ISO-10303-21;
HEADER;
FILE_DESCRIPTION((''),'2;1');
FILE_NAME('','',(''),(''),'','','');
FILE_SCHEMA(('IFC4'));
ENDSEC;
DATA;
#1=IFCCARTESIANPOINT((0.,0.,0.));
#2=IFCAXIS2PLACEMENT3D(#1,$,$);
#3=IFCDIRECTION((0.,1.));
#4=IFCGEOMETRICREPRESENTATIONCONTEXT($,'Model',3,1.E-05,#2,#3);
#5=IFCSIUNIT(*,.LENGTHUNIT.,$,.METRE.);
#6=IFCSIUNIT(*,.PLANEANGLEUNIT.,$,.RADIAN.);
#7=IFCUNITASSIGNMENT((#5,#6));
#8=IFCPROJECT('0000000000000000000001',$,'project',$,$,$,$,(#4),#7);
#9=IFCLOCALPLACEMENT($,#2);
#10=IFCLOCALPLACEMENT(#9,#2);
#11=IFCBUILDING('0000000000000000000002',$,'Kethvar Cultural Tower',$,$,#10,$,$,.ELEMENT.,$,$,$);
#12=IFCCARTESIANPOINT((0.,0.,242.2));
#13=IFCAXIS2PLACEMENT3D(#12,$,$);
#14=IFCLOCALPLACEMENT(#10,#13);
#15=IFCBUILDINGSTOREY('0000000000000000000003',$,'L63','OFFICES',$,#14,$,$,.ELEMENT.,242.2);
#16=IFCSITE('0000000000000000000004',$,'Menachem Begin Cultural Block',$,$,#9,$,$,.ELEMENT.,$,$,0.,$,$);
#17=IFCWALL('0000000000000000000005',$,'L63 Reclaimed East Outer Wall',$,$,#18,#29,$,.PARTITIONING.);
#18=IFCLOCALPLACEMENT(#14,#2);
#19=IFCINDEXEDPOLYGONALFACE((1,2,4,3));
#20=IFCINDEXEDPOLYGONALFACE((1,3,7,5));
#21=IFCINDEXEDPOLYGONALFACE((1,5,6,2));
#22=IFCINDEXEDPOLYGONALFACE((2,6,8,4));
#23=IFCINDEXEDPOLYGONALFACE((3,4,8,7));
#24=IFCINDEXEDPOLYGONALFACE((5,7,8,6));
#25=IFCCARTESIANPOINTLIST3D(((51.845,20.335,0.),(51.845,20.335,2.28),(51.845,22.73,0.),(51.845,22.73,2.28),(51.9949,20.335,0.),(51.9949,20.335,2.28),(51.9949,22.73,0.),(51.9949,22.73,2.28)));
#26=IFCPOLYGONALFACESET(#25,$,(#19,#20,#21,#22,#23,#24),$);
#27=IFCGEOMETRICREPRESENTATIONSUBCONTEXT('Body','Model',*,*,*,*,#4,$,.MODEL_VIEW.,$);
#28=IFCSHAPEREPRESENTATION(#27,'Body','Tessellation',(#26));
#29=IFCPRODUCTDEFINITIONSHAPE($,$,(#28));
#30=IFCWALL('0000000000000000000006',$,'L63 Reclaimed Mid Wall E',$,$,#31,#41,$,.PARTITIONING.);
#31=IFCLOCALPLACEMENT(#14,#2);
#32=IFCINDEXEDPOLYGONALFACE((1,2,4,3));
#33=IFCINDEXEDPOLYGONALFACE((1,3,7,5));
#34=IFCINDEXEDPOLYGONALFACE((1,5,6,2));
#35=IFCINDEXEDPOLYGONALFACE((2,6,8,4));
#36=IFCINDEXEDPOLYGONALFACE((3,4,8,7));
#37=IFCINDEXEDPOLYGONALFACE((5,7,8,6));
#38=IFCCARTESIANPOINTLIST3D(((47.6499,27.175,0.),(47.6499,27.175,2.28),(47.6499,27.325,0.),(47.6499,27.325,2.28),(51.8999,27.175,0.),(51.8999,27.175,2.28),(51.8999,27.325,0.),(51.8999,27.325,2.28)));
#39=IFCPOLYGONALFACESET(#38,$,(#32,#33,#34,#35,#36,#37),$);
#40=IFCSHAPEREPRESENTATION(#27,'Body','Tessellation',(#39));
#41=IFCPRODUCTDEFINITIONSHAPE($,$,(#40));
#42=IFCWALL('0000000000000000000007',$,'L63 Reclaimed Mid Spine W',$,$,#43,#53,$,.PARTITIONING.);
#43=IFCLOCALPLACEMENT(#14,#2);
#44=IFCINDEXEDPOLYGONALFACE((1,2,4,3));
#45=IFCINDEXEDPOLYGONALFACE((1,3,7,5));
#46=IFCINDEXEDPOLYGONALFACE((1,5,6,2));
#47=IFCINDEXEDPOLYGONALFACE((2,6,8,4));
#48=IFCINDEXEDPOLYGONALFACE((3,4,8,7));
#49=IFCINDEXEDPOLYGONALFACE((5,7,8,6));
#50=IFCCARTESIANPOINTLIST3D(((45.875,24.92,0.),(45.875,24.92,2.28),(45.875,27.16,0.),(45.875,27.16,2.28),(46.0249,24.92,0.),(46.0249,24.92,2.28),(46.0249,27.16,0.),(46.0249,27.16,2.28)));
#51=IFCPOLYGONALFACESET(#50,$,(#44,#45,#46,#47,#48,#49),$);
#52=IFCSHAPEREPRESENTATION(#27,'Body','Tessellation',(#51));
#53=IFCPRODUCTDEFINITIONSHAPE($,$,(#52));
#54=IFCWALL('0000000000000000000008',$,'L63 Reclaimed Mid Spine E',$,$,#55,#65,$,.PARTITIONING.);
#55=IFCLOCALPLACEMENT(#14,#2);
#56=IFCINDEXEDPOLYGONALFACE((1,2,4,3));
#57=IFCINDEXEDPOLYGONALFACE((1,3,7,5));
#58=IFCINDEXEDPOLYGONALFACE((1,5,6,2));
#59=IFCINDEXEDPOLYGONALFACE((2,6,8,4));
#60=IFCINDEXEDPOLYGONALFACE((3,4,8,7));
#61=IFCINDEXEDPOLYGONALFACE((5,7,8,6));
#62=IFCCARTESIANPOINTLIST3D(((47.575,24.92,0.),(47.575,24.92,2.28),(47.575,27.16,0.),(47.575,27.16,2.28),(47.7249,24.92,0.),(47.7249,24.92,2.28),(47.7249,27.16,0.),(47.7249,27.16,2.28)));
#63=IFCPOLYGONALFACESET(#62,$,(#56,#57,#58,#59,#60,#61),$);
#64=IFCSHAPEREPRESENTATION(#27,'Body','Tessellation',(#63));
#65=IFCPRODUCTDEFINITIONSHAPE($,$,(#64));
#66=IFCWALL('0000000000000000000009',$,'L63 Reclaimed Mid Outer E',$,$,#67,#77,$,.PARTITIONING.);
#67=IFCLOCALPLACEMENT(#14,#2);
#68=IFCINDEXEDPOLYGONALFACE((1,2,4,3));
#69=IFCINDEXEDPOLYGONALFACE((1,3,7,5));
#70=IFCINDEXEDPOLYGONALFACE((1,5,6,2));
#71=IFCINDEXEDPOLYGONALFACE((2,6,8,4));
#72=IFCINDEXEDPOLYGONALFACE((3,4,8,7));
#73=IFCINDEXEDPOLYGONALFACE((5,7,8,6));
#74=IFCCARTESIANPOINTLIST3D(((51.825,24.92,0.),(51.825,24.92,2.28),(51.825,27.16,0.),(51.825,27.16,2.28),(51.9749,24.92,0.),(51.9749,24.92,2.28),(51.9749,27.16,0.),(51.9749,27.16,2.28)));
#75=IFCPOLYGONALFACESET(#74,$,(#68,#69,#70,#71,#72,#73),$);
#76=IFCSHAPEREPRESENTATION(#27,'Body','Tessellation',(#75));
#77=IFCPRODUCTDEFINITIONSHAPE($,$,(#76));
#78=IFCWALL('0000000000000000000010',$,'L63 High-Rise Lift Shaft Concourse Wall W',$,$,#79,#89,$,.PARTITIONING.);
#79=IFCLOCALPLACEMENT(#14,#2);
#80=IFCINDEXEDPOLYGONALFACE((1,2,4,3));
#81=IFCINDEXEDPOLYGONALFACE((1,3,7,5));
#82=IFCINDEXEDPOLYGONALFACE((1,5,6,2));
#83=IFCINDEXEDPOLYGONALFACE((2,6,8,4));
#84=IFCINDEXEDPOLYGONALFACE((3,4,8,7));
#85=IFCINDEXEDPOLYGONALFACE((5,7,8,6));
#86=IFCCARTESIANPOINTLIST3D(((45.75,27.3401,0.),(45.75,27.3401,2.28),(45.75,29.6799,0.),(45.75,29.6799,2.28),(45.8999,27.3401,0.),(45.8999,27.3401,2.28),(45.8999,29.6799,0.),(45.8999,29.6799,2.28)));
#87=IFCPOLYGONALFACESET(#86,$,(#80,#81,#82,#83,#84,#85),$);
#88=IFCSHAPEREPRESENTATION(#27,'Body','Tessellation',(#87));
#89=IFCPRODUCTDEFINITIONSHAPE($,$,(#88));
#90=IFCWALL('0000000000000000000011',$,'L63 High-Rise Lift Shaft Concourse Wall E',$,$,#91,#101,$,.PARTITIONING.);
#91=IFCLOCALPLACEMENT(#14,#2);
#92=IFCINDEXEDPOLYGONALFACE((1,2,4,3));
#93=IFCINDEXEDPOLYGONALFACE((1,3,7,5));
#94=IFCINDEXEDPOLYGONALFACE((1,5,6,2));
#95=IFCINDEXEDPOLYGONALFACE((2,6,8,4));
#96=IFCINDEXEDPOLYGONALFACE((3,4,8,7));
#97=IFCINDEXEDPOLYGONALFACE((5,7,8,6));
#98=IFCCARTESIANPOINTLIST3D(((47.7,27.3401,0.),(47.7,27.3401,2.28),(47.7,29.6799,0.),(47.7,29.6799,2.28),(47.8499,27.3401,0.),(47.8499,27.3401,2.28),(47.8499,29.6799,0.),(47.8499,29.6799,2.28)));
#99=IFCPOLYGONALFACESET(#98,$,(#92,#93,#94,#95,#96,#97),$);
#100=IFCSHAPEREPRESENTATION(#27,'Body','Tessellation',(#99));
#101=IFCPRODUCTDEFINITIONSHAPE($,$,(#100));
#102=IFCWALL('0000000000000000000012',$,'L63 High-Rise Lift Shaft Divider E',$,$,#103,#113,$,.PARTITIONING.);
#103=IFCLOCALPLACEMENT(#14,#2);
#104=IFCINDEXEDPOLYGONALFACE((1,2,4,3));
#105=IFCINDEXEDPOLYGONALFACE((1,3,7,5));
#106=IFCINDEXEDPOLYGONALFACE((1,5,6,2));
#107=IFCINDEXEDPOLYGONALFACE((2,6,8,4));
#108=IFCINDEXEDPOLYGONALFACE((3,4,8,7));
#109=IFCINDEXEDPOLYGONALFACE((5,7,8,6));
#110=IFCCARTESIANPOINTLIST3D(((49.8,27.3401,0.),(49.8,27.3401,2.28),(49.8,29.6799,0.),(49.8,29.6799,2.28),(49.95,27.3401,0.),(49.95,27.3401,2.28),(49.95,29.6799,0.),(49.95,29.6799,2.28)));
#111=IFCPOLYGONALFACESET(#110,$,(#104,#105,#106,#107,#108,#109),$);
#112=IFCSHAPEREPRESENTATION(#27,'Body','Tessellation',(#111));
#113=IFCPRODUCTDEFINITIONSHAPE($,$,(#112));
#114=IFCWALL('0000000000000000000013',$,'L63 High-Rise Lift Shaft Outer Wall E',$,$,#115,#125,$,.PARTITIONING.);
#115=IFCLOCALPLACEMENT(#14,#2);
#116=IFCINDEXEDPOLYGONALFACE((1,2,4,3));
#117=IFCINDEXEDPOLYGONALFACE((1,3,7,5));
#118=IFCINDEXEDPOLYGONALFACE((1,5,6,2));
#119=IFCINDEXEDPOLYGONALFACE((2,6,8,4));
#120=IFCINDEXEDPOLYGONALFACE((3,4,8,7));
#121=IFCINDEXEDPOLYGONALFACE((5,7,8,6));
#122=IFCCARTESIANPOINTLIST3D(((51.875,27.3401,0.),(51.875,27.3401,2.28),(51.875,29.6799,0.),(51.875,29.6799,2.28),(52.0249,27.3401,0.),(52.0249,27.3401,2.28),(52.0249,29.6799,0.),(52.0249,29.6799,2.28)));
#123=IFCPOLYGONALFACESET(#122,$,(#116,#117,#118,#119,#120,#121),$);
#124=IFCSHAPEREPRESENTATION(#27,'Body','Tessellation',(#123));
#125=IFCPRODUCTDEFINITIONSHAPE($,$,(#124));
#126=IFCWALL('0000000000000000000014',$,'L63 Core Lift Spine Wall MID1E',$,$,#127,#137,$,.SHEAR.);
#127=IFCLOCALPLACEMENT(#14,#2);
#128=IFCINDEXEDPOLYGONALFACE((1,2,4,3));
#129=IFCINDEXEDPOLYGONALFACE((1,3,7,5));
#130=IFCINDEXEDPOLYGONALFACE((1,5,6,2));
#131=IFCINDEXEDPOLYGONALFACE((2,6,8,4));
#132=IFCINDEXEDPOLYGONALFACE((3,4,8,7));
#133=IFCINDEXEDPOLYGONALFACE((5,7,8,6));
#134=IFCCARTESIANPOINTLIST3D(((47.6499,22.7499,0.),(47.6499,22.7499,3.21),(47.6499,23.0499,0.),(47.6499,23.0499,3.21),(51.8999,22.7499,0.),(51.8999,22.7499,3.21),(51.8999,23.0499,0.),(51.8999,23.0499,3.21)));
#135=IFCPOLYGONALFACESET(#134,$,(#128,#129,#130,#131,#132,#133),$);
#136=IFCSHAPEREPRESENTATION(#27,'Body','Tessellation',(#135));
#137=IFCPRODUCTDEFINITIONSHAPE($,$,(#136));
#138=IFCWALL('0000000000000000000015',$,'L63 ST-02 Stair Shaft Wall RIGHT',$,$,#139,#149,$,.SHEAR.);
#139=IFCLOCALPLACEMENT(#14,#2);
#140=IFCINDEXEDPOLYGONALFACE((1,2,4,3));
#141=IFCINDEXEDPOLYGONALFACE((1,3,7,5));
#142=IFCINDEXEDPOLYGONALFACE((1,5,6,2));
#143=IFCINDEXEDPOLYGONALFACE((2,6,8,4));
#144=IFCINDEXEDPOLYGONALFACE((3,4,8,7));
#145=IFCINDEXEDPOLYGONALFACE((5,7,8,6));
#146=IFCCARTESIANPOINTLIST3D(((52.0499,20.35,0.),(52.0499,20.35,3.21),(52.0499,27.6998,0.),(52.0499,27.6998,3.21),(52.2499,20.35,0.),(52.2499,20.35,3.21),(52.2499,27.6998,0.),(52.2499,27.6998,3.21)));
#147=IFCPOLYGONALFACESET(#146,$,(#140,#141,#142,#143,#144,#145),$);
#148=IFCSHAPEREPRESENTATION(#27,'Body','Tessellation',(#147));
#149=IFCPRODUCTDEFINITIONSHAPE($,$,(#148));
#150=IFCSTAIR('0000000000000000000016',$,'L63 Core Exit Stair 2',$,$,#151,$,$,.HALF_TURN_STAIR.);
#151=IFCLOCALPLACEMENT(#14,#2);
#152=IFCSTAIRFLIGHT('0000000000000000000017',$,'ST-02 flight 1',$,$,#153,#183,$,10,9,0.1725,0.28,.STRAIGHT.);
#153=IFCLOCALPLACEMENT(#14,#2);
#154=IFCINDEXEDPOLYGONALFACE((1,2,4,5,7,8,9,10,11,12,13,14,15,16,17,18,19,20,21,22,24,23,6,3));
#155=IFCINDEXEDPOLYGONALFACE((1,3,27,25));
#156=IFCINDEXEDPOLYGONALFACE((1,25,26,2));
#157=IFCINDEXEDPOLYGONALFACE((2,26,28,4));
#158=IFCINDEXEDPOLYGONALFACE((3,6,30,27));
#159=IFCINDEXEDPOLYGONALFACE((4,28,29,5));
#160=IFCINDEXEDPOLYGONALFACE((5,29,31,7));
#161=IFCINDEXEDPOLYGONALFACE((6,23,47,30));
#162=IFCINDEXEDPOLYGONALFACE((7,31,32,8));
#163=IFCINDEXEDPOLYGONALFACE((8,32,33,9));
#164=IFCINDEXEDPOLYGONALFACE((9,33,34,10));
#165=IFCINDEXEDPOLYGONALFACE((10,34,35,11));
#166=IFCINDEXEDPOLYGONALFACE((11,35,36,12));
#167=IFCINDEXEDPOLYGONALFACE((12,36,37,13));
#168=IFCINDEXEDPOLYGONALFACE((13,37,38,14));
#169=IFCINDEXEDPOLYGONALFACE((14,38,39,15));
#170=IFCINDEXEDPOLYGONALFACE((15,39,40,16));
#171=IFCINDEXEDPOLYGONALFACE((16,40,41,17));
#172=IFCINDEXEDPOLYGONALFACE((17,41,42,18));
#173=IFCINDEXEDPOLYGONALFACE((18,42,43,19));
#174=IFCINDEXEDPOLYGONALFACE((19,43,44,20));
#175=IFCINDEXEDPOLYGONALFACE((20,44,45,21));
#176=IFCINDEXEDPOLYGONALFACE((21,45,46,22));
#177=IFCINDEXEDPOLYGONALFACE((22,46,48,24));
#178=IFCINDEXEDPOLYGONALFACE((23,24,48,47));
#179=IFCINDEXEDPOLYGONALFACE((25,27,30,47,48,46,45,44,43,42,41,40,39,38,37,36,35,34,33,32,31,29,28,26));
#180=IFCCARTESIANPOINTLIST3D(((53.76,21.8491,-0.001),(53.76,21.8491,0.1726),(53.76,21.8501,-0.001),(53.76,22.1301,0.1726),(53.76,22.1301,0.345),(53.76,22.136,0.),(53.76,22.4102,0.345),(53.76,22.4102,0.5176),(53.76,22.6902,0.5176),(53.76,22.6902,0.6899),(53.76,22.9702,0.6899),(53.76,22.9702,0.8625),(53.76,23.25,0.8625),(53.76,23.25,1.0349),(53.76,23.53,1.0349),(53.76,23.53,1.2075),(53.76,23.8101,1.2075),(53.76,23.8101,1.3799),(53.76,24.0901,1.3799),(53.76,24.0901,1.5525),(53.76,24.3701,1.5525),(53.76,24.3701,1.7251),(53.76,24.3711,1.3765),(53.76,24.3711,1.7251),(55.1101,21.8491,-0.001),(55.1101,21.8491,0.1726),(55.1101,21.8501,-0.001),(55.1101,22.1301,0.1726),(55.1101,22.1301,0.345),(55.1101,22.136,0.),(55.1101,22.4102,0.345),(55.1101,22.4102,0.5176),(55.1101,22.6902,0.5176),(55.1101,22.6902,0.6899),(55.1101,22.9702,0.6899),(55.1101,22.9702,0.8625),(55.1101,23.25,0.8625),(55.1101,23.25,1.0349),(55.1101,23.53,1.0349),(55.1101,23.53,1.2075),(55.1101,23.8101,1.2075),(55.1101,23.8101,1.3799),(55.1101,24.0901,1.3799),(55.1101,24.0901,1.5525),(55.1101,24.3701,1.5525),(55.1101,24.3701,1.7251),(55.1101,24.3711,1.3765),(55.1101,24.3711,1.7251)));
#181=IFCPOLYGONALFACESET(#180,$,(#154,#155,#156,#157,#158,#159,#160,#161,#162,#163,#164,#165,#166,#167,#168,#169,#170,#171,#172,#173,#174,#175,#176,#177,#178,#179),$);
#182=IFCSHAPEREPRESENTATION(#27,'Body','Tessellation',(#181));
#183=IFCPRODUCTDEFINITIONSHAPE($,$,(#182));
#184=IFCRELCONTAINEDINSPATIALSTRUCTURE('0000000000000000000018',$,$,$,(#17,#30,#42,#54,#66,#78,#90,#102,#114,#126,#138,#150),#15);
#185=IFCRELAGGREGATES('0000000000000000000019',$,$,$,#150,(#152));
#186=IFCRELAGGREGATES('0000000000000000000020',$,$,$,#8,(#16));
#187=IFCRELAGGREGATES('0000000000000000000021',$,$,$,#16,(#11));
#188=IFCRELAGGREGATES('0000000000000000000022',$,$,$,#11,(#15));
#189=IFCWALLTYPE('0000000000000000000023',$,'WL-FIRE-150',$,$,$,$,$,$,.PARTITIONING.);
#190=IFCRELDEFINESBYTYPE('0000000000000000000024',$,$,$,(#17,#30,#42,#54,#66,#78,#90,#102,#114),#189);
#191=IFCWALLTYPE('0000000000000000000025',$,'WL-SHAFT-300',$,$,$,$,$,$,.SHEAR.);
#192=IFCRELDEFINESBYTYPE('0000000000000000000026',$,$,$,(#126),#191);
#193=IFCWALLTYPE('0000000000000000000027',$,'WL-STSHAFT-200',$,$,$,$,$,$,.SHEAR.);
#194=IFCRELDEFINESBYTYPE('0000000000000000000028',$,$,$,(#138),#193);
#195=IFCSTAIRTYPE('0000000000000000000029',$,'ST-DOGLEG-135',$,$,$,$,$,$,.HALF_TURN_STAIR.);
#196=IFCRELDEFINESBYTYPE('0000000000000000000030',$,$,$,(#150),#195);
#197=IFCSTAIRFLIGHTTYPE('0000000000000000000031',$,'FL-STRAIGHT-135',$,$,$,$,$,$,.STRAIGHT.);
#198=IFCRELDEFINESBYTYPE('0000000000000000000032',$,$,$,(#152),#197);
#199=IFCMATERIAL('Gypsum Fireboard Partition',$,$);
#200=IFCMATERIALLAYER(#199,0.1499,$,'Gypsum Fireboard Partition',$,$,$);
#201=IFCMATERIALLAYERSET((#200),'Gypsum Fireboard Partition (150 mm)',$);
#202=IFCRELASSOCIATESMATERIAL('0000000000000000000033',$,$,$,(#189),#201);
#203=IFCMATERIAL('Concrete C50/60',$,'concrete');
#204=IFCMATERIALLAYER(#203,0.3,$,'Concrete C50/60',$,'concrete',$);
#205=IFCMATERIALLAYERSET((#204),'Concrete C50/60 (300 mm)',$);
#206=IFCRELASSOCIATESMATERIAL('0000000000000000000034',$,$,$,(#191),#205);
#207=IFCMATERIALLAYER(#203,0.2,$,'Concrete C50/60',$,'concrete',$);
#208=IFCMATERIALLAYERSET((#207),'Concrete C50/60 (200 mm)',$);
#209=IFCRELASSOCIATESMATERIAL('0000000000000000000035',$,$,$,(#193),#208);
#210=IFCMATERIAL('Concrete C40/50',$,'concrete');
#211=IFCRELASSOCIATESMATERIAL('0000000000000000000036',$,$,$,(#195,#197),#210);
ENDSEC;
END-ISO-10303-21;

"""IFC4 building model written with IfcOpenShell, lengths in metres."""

from ifc_helpers import new_model, si_unit, direction, frame, frame_2d, origin, place, context, subcontext, project, spatial, polyline, rectangle, outline, extrude, material, layer, layer_set, type_object, element, aggregate, save


model = new_model("IFC4")

# Units and contexts
model_context = context("Model", 3, precision=1e-05, world=origin(), true_north=direction((0.0, 1.0)))
body_context = subcontext(model_context, "Body", "Model", "MODEL_VIEW")
ifc_project = project(units=[si_unit("LENGTHUNIT", "METRE"), si_unit("PLANEANGLEUNIT", "RADIAN")], contexts=[model_context])

# Site, building, storey
site_placement = place(None, origin())
site = spatial("IfcSite", under=ifc_project, at=site_placement, Name="Menachem Begin Cultural Block", CompositionType="ELEMENT", RefElevation=0.0)
building_placement = place(site_placement, origin())
building = spatial("IfcBuilding", under=site, at=building_placement, Name="Kethvar Cultural Tower", CompositionType="ELEMENT")
storey_placement = place(building_placement, frame((0.0, 0.0, 242.2)))
storey = spatial("IfcBuildingStorey", under=building, at=storey_placement, Name="L63", Description="OFFICES", CompositionType="ELEMENT", Elevation=242.2)

# Wall
ifc_material_1 = material(Name="Gypsum Fireboard Partition")
ifc_layer_1 = layer(ifc_material_1, 0.1499, Name="Gypsum Fireboard Partition")
ifc_layer_set_1 = layer_set([ifc_layer_1], Name="Gypsum Fireboard Partition (150 mm)")
wall_type_1 = type_object("IfcWallType", Name="WL-FIRE-150", PredefinedType="PARTITIONING", material=ifc_layer_set_1)
wall_1_placement = place(storey_placement, frame((51.9199, 20.335, 0.0), z_axis=(0.0, 0.0, 1.0), x_axis=(0.0, 1.0, 0.0)))
element("IfcWall", 1, at=wall_1_placement, inside=storey, type_object=wall_type_1, Name="L63 Reclaimed East Outer Wall", PredefinedType="PARTITIONING", context=body_context, shape_type="SweptSolid", body=[
    extrude(rectangle(XDim=2.395, YDim=0.1499, at=frame_2d((1.1975, 0.0))), origin(), (0.0, 0.0, 1.0), 2.28),
])

# Walls
wall_2_placement = place(storey_placement, frame((47.6499, 27.25, 0.0), z_axis=(0.0, 0.0, 1.0), x_axis=(1.0, 0.0, 0.0)))
element("IfcWall", 2, at=wall_2_placement, inside=storey, type_object=wall_type_1, Name="L63 Reclaimed Mid Wall E", PredefinedType="PARTITIONING", context=body_context, shape_type="SweptSolid", body=[
    extrude(rectangle(XDim=4.25, YDim=0.1499, at=frame_2d((2.125, 0.0))), origin(), (0.0, 0.0, 1.0), 2.28),
])
for number, where, z_axis, x_axis, name in (
    (3, (45.95, 24.9199, 0.0), (0.0, 0.0, 1.0), (0.0, 1.0, 0.0), "L63 Reclaimed Mid Spine W"),
    (4, (47.6499, 24.9199, 0.0), (0.0, 0.0, 1.0), (0.0, 1.0, 0.0), "L63 Reclaimed Mid Spine E"),
    (5, (51.8999, 24.9199, 0.0), (0.0, 0.0, 1.0), (0.0, 1.0, 0.0), "L63 Reclaimed Mid Outer E"),
):
    element("IfcWall", number, at=place(storey_placement, frame(where, z_axis=z_axis, x_axis=x_axis)), inside=storey, type_object=wall_type_1, Name=name, PredefinedType="PARTITIONING", context=body_context, shape_type="SweptSolid", body=[
        extrude(rectangle(XDim=2.24, YDim=0.1499, at=frame_2d((1.1201, 0.0))), origin(), (0.0, 0.0, 1.0), 2.28),
    ])

# Walls
for number, where, z_axis, x_axis, name in (
    (6, (45.825, 27.3401, 0.0), (0.0, 0.0, 1.0), (0.0, 1.0, 0.0), "L63 High-Rise Lift Shaft Concourse Wall W"),
    (7, (47.7749, 27.3401, 0.0), (0.0, 0.0, 1.0), (0.0, 1.0, 0.0), "L63 High-Rise Lift Shaft Concourse Wall E"),
    (8, (49.875, 27.3401, 0.0), (0.0, 0.0, 1.0), (0.0, 1.0, 0.0), "L63 High-Rise Lift Shaft Divider E"),
    (9, (51.95, 27.3401, 0.0), (0.0, 0.0, 1.0), (0.0, 1.0, 0.0), "L63 High-Rise Lift Shaft Outer Wall E"),
):
    element("IfcWall", number, at=place(storey_placement, frame(where, z_axis=z_axis, x_axis=x_axis)), inside=storey, type_object=wall_type_1, Name=name, PredefinedType="PARTITIONING", context=body_context, shape_type="SweptSolid", body=[
        extrude(rectangle(XDim=2.3398, YDim=0.1499, at=frame_2d((1.1699, 0.0))), origin(), (0.0, 0.0, 1.0), 2.28),
    ])
ifc_material_2 = material(Name="Concrete C50/60", Category="concrete")
ifc_layer_2 = layer(ifc_material_2, 0.3, Name="Concrete C50/60", Category="concrete")
ifc_layer_set_2 = layer_set([ifc_layer_2], Name="Concrete C50/60 (300 mm)")
wall_type_2 = type_object("IfcWallType", Name="WL-SHAFT-300", PredefinedType="SHEAR", material=ifc_layer_set_2)
wall_3_placement = place(storey_placement, frame((47.6499, 22.8999, 0.0), z_axis=(0.0, 0.0, 1.0), x_axis=(1.0, 0.0, 0.0)))
element("IfcWall", 10, at=wall_3_placement, inside=storey, type_object=wall_type_2, Name="L63 Core Lift Spine Wall MID1E", PredefinedType="SHEAR", context=body_context, shape_type="SweptSolid", body=[
    extrude(rectangle(XDim=4.25, YDim=0.3, at=frame_2d((2.125, 0.0))), origin(), (0.0, 0.0, 1.0), 3.21),
])

# Wall
ifc_layer_3 = layer(ifc_material_2, 0.2, Name="Concrete C50/60", Category="concrete")
ifc_layer_set_3 = layer_set([ifc_layer_3], Name="Concrete C50/60 (200 mm)")
wall_type_3 = type_object("IfcWallType", Name="WL-STSHAFT-200", PredefinedType="SHEAR", material=ifc_layer_set_3)
wall_4_placement = place(storey_placement, frame((52.1499, 20.3501, 0.0), z_axis=(0.0, 0.0, 1.0), x_axis=(0.0, 1.0, 0.0)))
element("IfcWall", 11, at=wall_4_placement, inside=storey, type_object=wall_type_3, Name="L63 ST-02 Stair Shaft Wall RIGHT", PredefinedType="SHEAR", context=body_context, shape_type="SweptSolid", body=[
    extrude(rectangle(XDim=7.3499, YDim=0.2, at=frame_2d((3.6748, 0.0))), origin(), (0.0, 0.0, 1.0), 3.21),
])

# Stair, stair flight
ifc_material_3 = material(Name="Concrete C40/50", Category="concrete")
stair_type = type_object("IfcStairType", Name="ST-DOGLEG-135", PredefinedType="HALF_TURN_STAIR", material=ifc_material_3)
stair_placement = place(storey_placement, origin())
stair = element("IfcStair", 12, at=stair_placement, inside=storey, type_object=stair_type, Name="L63 Core Exit Stair 2", PredefinedType="HALF_TURN_STAIR")
stair_flight_type = type_object("IfcStairFlightType", Name="FL-STRAIGHT-135", PredefinedType="STRAIGHT", material=ifc_material_3)
stair_flight_1_placement = place(storey_placement, frame((54.4351, 21.8501, 0.0), z_axis=(0.0, 0.0, 1.0), x_axis=(0.0, 1.0, 0.0)))
stair_flight_1 = element("IfcStairFlight", 13, at=stair_flight_1_placement, type_object=stair_flight_type, Name="ST-02 flight 1", NumberOfRisers=10, NumberOfTreads=9, PredefinedType="STRAIGHT", RiserHeight=0.1725, TreadLength=0.28, context=body_context, shape_type="SweptSolid", body=[
    extrude(outline(polyline([(-0.001, -0.001), (-0.001, 0.1726), (0.28, 0.1726), (0.28, 0.345), (0.5601, 0.345), (0.5601, 0.5176), (0.8401, 0.5176), (0.8401, 0.6899), (1.1201, 0.6899), (1.1201, 0.8625), (1.3999, 0.8625), (1.3999, 1.0349), (1.6799, 1.0349), (1.6799, 1.2075), (1.96, 1.2075), (1.96, 1.3799), (2.24, 1.3799), (2.24, 1.5525), (2.52, 1.5525), (2.52, 1.7251), (2.521, 1.7251), (2.521, 1.3765), (0.2859, 0.0), (0.0, -0.001), (-0.001, -0.001)])), frame((0.0, 0.675, 0.0), z_axis=(0.0, -1.0, 0.0), x_axis=(1.0, 0.0, 0.0)), (0.0, 0.0, 1.0), 1.3501),
])
aggregate(stair, [stair_flight_1])

save(model, "model.ifc")
